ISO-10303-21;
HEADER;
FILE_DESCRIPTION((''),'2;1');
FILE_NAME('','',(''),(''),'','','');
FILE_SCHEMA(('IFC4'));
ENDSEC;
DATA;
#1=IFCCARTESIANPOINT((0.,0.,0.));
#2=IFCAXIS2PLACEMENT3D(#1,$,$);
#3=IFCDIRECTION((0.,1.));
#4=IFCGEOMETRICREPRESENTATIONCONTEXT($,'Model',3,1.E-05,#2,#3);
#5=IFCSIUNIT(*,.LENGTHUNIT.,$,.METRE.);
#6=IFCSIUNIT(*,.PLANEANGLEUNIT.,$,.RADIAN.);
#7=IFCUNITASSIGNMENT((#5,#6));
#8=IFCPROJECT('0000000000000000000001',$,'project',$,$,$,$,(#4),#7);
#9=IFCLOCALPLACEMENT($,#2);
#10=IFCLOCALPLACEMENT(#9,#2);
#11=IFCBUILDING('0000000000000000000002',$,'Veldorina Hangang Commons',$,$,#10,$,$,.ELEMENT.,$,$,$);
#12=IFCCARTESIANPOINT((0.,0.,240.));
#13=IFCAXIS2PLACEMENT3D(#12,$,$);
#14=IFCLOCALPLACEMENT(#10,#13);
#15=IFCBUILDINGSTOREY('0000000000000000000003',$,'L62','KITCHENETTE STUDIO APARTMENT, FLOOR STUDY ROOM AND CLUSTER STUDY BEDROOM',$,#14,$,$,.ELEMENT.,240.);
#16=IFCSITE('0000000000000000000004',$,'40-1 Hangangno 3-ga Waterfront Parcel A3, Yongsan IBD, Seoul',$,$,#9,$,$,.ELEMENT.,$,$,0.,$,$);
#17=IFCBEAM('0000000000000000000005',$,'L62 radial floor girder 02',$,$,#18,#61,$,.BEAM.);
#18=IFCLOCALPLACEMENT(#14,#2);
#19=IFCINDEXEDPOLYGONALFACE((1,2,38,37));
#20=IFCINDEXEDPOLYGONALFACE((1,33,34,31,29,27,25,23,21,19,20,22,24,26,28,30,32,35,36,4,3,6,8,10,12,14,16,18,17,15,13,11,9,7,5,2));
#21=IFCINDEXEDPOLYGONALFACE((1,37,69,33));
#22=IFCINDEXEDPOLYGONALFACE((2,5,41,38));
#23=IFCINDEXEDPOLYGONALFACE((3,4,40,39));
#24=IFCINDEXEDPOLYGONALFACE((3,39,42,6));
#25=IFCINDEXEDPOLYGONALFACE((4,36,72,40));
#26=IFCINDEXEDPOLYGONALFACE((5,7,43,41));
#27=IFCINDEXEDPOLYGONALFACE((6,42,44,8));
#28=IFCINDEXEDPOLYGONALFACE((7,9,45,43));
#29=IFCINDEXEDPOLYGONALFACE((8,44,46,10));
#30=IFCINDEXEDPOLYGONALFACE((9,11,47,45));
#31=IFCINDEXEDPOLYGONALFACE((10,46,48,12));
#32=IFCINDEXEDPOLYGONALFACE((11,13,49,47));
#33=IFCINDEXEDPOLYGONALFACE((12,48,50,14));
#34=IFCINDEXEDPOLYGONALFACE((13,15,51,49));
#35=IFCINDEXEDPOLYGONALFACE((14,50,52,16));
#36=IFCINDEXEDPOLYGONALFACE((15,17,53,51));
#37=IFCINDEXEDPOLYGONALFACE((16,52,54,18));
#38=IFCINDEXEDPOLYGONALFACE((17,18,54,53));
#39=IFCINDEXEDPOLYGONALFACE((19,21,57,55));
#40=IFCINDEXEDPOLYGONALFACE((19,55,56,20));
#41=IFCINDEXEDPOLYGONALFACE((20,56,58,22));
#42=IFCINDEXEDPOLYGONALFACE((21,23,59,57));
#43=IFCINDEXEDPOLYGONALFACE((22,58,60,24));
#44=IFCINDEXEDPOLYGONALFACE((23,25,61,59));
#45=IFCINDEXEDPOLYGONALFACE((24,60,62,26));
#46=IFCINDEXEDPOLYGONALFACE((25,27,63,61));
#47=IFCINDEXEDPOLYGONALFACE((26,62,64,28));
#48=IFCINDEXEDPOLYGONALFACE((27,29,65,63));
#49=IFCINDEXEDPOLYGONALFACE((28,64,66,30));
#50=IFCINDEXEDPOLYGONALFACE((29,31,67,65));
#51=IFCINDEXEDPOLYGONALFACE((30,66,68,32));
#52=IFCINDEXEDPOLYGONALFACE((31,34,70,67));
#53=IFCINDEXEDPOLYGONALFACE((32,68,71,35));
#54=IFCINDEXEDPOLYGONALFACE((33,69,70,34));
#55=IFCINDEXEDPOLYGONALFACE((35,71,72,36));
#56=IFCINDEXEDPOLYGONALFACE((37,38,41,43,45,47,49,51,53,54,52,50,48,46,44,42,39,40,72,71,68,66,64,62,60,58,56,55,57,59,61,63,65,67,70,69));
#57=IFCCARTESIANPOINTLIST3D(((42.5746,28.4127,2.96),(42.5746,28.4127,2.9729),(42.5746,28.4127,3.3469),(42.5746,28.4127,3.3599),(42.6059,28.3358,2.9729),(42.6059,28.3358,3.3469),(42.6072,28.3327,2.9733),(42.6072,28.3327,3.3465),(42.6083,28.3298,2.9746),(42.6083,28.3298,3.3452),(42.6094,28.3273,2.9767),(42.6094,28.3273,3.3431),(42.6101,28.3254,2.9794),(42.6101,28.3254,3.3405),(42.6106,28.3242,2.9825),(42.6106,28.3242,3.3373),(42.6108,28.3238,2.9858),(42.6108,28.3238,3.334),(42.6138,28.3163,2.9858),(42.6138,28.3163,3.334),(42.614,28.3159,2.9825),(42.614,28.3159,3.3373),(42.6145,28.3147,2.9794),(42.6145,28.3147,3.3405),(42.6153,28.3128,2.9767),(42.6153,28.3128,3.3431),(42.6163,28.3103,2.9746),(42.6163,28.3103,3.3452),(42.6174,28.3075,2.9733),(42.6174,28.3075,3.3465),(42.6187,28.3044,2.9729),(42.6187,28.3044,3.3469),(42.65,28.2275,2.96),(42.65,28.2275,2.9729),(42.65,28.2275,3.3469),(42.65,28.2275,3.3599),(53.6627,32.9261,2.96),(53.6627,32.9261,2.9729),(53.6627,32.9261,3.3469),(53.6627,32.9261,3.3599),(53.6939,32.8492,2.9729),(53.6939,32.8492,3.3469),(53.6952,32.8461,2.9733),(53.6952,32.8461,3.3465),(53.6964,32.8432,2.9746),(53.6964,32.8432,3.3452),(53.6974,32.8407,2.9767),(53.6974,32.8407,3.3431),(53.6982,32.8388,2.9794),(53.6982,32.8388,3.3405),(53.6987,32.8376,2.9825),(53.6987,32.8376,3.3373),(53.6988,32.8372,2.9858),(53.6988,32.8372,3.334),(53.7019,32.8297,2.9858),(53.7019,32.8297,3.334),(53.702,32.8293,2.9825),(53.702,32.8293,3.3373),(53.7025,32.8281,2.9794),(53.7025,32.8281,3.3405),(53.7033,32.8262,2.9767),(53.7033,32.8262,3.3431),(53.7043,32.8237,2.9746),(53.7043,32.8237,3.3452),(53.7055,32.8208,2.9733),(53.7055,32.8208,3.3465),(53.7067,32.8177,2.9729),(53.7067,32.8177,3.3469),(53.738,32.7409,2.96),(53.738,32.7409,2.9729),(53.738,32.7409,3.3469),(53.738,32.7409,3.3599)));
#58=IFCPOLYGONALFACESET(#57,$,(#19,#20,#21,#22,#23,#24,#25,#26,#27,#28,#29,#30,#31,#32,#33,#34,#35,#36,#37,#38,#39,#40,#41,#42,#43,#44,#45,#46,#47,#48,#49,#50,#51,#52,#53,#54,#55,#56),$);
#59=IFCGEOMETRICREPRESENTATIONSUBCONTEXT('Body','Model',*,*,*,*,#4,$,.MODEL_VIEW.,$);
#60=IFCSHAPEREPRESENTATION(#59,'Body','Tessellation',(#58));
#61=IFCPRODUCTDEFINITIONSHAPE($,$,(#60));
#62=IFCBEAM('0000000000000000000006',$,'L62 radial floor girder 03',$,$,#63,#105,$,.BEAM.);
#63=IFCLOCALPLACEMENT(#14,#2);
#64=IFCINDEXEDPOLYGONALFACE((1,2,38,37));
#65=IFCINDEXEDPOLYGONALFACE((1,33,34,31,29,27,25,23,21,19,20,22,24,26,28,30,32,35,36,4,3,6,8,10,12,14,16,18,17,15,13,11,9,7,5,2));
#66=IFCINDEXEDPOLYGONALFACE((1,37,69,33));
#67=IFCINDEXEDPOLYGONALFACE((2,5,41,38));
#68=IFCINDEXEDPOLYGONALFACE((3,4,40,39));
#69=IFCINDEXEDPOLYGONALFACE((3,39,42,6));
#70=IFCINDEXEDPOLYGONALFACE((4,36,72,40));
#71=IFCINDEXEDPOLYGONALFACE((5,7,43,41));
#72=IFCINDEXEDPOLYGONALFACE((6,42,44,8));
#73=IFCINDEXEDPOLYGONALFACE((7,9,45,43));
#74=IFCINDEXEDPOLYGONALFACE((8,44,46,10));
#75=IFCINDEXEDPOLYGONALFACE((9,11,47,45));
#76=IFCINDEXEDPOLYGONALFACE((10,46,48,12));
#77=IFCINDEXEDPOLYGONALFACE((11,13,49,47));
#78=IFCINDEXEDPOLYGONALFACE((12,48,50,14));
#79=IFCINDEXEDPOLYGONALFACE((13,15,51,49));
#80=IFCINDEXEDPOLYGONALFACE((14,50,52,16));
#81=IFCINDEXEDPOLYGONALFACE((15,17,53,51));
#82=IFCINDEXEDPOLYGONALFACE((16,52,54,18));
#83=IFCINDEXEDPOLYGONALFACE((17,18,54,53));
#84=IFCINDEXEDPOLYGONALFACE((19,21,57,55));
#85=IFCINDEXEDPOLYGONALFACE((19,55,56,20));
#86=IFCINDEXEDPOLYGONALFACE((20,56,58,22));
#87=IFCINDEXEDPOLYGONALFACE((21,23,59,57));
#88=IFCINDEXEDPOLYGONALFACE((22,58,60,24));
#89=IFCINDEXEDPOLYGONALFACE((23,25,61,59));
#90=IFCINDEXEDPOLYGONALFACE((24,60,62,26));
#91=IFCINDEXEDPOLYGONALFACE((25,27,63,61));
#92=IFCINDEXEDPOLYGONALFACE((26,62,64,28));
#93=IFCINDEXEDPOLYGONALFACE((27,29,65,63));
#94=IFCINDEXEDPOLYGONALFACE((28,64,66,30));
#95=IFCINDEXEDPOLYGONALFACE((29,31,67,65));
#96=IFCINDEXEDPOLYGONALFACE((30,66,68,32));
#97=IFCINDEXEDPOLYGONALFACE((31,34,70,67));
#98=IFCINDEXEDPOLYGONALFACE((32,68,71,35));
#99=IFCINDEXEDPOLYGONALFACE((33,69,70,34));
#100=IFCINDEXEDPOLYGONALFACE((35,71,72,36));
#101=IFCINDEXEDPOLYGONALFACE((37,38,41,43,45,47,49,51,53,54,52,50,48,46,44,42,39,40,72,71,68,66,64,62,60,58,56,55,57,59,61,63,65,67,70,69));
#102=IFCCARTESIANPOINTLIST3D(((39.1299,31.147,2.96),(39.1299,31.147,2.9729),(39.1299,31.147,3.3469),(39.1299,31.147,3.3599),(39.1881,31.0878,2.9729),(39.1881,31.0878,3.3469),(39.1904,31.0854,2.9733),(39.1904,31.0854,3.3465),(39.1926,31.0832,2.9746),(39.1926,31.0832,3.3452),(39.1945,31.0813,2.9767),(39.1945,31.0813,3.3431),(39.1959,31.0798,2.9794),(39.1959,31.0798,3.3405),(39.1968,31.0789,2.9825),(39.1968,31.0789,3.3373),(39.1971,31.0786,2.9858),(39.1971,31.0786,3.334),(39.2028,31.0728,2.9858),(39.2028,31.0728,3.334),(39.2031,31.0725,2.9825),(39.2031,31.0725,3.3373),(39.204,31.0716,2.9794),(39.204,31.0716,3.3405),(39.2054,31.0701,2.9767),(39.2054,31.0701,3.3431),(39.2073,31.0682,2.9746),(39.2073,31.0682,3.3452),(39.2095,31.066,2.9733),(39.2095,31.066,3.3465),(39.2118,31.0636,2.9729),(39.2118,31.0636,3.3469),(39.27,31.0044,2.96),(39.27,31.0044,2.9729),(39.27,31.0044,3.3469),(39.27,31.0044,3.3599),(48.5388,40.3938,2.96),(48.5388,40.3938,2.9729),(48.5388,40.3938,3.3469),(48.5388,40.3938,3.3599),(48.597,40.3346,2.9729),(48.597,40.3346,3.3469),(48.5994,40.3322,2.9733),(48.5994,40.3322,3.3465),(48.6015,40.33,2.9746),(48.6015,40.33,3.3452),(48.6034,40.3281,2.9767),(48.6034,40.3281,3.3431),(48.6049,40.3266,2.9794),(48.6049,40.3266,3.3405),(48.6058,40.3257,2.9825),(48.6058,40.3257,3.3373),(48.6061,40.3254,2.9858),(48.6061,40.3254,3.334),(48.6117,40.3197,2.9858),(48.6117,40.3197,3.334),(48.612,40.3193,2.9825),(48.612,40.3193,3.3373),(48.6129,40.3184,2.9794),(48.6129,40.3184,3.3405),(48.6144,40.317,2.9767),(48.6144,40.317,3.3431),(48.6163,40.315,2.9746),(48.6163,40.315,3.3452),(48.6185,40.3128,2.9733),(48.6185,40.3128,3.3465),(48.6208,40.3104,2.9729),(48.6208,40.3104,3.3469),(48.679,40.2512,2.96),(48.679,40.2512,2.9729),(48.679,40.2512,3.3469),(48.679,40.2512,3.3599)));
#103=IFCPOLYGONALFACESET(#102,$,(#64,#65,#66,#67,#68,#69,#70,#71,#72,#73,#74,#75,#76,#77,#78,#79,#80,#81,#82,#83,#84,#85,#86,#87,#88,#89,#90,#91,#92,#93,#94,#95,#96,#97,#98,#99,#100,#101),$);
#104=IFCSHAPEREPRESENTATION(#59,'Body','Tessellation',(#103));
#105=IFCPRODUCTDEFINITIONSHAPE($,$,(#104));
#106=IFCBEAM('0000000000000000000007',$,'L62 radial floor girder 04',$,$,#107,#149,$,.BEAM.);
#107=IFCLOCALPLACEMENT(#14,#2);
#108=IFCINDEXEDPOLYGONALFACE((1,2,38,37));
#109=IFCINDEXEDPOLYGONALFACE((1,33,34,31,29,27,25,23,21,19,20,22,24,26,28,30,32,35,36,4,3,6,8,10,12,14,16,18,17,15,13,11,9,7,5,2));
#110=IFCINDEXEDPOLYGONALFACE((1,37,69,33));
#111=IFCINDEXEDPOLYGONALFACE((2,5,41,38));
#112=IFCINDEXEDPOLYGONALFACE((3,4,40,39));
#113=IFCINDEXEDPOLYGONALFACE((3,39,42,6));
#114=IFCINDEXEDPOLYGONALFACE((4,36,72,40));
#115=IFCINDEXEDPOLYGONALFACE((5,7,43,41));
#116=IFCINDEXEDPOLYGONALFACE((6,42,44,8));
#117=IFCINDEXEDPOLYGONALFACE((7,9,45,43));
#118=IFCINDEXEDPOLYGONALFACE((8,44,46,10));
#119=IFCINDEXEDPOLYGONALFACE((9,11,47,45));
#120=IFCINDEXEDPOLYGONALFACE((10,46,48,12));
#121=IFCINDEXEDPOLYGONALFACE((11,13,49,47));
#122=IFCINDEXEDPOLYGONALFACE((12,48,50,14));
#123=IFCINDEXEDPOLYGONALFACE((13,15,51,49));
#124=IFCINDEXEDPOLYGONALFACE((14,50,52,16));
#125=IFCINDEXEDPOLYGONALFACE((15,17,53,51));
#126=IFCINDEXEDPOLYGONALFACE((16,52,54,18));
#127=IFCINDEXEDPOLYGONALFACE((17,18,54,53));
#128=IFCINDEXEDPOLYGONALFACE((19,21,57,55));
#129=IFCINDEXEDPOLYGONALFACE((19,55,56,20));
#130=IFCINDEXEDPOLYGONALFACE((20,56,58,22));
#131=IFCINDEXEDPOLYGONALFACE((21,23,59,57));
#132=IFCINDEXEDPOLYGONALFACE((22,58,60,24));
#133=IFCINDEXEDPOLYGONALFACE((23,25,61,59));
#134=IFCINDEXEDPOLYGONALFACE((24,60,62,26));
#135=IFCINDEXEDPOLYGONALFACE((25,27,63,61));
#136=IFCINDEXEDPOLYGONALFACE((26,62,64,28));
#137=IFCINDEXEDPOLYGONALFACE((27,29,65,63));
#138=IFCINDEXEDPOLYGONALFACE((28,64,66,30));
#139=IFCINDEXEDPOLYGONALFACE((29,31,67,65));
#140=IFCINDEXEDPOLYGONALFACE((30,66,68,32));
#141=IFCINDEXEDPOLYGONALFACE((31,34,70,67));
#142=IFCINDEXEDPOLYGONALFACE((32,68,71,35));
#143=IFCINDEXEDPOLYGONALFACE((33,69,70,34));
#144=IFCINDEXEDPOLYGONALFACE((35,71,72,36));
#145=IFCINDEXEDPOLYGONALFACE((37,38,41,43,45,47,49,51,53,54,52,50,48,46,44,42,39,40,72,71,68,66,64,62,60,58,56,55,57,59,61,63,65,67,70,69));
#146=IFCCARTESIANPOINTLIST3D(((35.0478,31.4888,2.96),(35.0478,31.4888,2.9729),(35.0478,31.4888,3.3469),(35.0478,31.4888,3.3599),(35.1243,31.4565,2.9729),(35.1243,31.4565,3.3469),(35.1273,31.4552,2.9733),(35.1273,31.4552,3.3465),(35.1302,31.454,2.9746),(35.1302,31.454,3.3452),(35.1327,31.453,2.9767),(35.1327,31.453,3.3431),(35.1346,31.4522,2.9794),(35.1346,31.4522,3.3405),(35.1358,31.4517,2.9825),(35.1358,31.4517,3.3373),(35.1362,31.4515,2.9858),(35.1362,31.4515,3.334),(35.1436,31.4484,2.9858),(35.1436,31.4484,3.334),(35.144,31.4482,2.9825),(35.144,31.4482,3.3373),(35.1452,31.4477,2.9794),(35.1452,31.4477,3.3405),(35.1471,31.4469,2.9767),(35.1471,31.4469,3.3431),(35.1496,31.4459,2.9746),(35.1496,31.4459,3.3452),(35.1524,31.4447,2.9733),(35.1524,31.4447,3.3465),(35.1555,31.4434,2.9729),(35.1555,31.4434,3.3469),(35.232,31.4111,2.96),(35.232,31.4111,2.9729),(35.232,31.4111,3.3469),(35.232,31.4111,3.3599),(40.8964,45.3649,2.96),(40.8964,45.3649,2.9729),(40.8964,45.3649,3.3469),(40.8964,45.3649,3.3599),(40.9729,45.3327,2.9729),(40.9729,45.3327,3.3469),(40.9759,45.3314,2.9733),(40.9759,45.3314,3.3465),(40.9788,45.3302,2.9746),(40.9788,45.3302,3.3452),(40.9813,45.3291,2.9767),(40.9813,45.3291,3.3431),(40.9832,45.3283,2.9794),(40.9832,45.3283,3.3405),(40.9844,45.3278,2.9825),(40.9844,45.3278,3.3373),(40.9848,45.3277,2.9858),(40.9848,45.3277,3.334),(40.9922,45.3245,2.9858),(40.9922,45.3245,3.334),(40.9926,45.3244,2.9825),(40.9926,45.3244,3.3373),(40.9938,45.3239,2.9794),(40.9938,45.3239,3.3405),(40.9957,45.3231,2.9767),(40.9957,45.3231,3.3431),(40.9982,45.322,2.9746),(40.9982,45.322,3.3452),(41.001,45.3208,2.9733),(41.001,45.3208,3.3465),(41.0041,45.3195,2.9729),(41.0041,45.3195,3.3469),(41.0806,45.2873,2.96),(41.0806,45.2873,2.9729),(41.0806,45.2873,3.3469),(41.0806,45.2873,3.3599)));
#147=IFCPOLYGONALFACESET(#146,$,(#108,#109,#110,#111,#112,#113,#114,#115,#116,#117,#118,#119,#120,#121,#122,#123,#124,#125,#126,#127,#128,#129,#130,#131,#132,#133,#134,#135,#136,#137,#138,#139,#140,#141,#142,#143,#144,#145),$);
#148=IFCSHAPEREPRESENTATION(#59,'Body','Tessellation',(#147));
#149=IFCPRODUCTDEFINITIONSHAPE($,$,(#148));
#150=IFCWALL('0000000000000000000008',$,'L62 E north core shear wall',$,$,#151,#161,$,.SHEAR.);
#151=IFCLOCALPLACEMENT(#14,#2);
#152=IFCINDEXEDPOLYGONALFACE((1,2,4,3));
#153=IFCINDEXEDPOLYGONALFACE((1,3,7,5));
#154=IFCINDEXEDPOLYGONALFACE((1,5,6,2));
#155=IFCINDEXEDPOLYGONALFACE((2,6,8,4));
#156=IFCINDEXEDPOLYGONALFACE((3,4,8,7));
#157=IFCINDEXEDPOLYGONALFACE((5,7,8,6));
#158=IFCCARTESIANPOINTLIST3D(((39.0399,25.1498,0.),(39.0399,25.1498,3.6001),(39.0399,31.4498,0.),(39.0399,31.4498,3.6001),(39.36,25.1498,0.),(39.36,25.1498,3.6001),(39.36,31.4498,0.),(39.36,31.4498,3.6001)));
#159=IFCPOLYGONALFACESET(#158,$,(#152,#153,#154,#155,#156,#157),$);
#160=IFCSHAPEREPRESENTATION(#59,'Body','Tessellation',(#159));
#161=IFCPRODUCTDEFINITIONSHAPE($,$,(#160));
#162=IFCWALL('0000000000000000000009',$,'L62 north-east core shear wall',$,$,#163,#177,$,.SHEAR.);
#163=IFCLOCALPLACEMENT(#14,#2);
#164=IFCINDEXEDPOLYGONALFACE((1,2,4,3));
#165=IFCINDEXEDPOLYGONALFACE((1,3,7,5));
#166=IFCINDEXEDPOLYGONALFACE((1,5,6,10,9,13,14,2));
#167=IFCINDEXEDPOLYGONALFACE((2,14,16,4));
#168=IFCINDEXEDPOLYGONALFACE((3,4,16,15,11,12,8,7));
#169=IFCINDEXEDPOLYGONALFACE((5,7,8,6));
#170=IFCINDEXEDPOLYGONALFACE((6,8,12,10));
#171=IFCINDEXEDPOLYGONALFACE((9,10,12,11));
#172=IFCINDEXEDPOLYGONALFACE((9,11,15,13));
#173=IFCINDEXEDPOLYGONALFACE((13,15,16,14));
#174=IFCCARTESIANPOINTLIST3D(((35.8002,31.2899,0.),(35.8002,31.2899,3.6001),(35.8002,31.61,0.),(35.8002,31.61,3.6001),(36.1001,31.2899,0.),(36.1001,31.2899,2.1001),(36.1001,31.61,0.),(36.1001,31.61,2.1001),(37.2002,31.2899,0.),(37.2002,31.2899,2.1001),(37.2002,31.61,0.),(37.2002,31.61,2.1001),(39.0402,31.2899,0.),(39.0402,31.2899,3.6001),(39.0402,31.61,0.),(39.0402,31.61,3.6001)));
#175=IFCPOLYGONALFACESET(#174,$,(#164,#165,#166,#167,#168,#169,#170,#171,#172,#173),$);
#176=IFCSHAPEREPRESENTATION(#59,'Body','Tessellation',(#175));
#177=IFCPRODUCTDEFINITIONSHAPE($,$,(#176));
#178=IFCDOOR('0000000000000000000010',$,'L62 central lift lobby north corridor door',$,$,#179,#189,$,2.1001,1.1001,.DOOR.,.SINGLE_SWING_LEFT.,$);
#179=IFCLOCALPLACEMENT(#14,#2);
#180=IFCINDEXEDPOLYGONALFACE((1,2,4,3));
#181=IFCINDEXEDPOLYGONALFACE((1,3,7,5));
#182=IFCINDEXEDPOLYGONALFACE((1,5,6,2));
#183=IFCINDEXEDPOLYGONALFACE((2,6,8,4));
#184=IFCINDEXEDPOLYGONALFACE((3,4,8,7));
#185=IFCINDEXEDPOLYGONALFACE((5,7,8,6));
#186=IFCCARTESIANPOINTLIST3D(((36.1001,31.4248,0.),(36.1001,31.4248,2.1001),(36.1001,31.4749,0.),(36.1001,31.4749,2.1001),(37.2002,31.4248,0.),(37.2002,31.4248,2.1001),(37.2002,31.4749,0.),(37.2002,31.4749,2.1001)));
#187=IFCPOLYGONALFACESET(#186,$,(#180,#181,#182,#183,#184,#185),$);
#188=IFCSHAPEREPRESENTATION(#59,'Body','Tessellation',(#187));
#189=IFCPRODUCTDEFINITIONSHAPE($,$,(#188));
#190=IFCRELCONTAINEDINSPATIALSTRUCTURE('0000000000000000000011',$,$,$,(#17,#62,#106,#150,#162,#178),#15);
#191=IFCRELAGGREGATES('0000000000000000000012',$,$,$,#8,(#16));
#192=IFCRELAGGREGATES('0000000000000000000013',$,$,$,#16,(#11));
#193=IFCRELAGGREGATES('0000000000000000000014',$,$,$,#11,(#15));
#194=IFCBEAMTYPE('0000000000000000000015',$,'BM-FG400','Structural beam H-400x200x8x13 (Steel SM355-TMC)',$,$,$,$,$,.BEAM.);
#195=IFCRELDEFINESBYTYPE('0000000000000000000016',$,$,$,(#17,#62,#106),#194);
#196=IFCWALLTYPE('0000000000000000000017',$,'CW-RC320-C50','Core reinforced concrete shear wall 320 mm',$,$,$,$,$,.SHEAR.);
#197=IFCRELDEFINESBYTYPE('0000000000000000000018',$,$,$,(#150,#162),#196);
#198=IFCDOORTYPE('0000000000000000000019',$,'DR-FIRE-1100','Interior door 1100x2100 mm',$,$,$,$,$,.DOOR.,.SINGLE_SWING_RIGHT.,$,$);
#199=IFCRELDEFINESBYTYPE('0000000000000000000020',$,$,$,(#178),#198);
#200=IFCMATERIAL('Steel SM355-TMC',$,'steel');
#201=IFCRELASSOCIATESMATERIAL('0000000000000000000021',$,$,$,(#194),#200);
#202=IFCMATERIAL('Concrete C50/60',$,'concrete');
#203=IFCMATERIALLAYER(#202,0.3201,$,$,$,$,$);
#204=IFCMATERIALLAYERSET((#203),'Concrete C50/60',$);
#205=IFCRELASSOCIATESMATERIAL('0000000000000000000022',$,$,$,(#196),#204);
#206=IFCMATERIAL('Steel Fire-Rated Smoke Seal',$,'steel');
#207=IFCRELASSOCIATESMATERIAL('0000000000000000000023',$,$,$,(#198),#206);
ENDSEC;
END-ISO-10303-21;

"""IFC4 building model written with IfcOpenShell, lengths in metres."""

from ifc_helpers import new_model, si_unit, direction, frame, frame_2d, origin, origin_2d, place, context, subcontext, project, spatial, rectangle, i_section, extrude, material, layer, layer_set, material_profile, profile_set, type_object, element, fill, save


model = new_model("IFC4")

# Units and contexts
model_context = context("Model", 3, precision=1e-05, world=origin(), true_north=direction((0.0, 1.0)))
body_context = subcontext(model_context, "Body", "Model", "MODEL_VIEW")
ifc_project = project(units=[si_unit("LENGTHUNIT", "METRE"), si_unit("PLANEANGLEUNIT", "RADIAN")], contexts=[model_context])

# Site, building, storey
site_placement = place(None, origin())
site = spatial("IfcSite", under=ifc_project, at=site_placement, Name="40-1 Hangangno 3-ga Waterfront Parcel A3, Yongsan IBD, Seoul", CompositionType="ELEMENT", RefElevation=0.0)
building_placement = place(site_placement, origin())
building = spatial("IfcBuilding", under=site, at=building_placement, Name="Veldorina Hangang Commons", CompositionType="ELEMENT")
storey_placement = place(building_placement, frame((0.0, 0.0, 240.0)))
storey = spatial("IfcBuildingStorey", under=building, at=storey_placement, Name="L62", Description="KITCHENETTE STUDIO APARTMENT, FLOOR STUDY ROOM AND CLUSTER STUDY BEDROOM", CompositionType="ELEMENT", Elevation=240.0)

# Beams
ifc_material_1 = material(Name="Steel SM355-TMC", Category="steel")
ifc_material_profile = material_profile(ifc_material_1, i_section(OverallWidth=0.2, OverallDepth=0.3999, WebThickness=0.0081, FlangeThickness=0.0129, FilletRadius=0.0129, at=origin_2d()), Name="H-400x200x8x13")
ifc_profile_set = profile_set([ifc_material_profile], Name="Steel SM355-TMC")
beam_type = type_object("IfcBeamType", Name="BM-FG400", Description="Structural beam H-400x200x8x13 (Steel SM355-TMC)", PredefinedType="BEAM", material=ifc_profile_set)
beam_1_placement = place(storey_placement, frame((42.6123, 28.3201, 3.1599), z_axis=(0.926208, 0.377013, 0.0), x_axis=(-0.377013, 0.926208, 0.0)))
element("IfcBeam", 1, at=beam_1_placement, inside=storey, type_object=beam_type, Name="L62 radial floor girder 02", PredefinedType="BEAM", context=body_context, shape_type="SweptSolid", body=[
    extrude(i_section(OverallWidth=0.2, OverallDepth=0.3999, WebThickness=0.0081, FlangeThickness=0.0129, FilletRadius=0.0129, at=origin_2d()), origin(), (0.0, 0.0, 1.0), 11.9714),
])
beam_2_placement = place(storey_placement, frame((39.2, 31.0757, 3.1599), z_axis=(0.713224, 0.700936, 0.0), x_axis=(-0.700936, 0.713224, 0.0)))
element("IfcBeam", 2, at=beam_2_placement, inside=storey, type_object=beam_type, Name="L62 radial floor girder 03", PredefinedType="BEAM", context=body_context, shape_type="SweptSolid", body=[
    extrude(i_section(OverallWidth=0.2, OverallDepth=0.3999, WebThickness=0.0081, FlangeThickness=0.0129, FilletRadius=0.0129, at=origin_2d()), origin(), (0.0, 0.0, 1.0), 13.1921),
])
beam_3_placement = place(storey_placement, frame((35.1399, 31.45, 3.1599), z_axis=(0.388396, 0.921492, 0.0), x_axis=(-0.921492, 0.388396, 0.0)))
element("IfcBeam", 3, at=beam_3_placement, inside=storey, type_object=beam_type, Name="L62 radial floor girder 04", PredefinedType="BEAM", context=body_context, shape_type="SweptSolid", body=[
    extrude(i_section(OverallWidth=0.2, OverallDepth=0.3999, WebThickness=0.0081, FlangeThickness=0.0129, FilletRadius=0.0129, at=origin_2d()), origin(), (0.0, 0.0, 1.0), 15.0583),
])

# Wall
ifc_material_2 = material(Name="Concrete C50/60", Category="concrete")
ifc_layer_1 = layer(ifc_material_2, 0.3201)
ifc_layer_set_1 = layer_set([ifc_layer_1], Name="Concrete C50/60")
wall_type_1 = type_object("IfcWallType", Name="CW-RC320-C50", Description="Core reinforced concrete shear wall 320 mm", PredefinedType="SHEAR", material=ifc_layer_set_1)
wall_1_placement = place(storey_placement, frame((39.2, 25.1499, 0.0), z_axis=(0.0, 0.0, 1.0), x_axis=(0.0, 1.0, 0.0)))
element("IfcWall", 4, at=wall_1_placement, inside=storey, type_object=wall_type_1, Name="L62 E north core shear wall", PredefinedType="SHEAR", context=body_context, shape_type="SweptSolid", body=[
    extrude(rectangle(XDim=6.3, YDim=0.3201, at=frame_2d((3.1499, 0.0))), origin(), (0.0, 0.0, 1.0), 3.6001),
])

# Wall, opening, door
wall_2_placement = place(storey_placement, frame((35.8, 31.45, 0.0), z_axis=(0.0, 0.0, 1.0), x_axis=(1.0, 0.0, 0.0)))
wall_2 = element("IfcWall", 5, at=wall_2_placement, inside=storey, type_object=wall_type_1, Name="L62 north-east core shear wall", PredefinedType="SHEAR", context=body_context, shape_type="SweptSolid", body=[
    extrude(rectangle(XDim=3.24, YDim=0.3201, at=frame_2d((1.6201, 0.0))), origin(), (0.0, 0.0, 1.0), 3.6001),
])
opening_1_placement = place(wall_2_placement, frame((0.3, 0.0, 0.0)))
opening_1 = element("IfcOpeningElement", 6, at=opening_1_placement, cuts=wall_2, PredefinedType="OPENING", context=body_context, shape_type="SweptSolid", body=[
    extrude(rectangle(XDim=1.1001, YDim=2.1001, at=frame_2d((0.55, 1.05))), frame((0.0, 0.1699, 0.0), z_axis=(0.0, -1.0, 0.0), x_axis=(1.0, 0.0, 0.0)), (0.0, 0.0, 1.0), 0.3401),
])
ifc_material_3 = material(Name="Steel Fire-Rated Smoke Seal", Category="steel")
door_type_1 = type_object("IfcDoorType", Name="DR-FIRE-1100", Description="Interior door 1100x2100 mm", OperationType="SINGLE_SWING_RIGHT", PredefinedType="DOOR", material=ifc_material_3)
door_1_placement = place(opening_1_placement, origin())
door_1 = element("IfcDoor", 7, at=door_1_placement, inside=storey, type_object=door_type_1, Name="L62 central lift lobby north corridor door", OperationType="SINGLE_SWING_LEFT", OverallHeight=2.1001, OverallWidth=1.1001, PredefinedType="DOOR", context=body_context, shape_type="SweptSolid", body=[
    extrude(rectangle(XDim=1.1001, YDim=2.1001, at=frame_2d((0.55, 1.05))), frame((0.0, 0.0249, 0.0), z_axis=(0.0, -1.0, 0.0), x_axis=(1.0, 0.0, 0.0)), (0.0, 0.0, 1.0), 0.05),
])
fill(opening_1, door_1)

save(model, "model.ifc")
